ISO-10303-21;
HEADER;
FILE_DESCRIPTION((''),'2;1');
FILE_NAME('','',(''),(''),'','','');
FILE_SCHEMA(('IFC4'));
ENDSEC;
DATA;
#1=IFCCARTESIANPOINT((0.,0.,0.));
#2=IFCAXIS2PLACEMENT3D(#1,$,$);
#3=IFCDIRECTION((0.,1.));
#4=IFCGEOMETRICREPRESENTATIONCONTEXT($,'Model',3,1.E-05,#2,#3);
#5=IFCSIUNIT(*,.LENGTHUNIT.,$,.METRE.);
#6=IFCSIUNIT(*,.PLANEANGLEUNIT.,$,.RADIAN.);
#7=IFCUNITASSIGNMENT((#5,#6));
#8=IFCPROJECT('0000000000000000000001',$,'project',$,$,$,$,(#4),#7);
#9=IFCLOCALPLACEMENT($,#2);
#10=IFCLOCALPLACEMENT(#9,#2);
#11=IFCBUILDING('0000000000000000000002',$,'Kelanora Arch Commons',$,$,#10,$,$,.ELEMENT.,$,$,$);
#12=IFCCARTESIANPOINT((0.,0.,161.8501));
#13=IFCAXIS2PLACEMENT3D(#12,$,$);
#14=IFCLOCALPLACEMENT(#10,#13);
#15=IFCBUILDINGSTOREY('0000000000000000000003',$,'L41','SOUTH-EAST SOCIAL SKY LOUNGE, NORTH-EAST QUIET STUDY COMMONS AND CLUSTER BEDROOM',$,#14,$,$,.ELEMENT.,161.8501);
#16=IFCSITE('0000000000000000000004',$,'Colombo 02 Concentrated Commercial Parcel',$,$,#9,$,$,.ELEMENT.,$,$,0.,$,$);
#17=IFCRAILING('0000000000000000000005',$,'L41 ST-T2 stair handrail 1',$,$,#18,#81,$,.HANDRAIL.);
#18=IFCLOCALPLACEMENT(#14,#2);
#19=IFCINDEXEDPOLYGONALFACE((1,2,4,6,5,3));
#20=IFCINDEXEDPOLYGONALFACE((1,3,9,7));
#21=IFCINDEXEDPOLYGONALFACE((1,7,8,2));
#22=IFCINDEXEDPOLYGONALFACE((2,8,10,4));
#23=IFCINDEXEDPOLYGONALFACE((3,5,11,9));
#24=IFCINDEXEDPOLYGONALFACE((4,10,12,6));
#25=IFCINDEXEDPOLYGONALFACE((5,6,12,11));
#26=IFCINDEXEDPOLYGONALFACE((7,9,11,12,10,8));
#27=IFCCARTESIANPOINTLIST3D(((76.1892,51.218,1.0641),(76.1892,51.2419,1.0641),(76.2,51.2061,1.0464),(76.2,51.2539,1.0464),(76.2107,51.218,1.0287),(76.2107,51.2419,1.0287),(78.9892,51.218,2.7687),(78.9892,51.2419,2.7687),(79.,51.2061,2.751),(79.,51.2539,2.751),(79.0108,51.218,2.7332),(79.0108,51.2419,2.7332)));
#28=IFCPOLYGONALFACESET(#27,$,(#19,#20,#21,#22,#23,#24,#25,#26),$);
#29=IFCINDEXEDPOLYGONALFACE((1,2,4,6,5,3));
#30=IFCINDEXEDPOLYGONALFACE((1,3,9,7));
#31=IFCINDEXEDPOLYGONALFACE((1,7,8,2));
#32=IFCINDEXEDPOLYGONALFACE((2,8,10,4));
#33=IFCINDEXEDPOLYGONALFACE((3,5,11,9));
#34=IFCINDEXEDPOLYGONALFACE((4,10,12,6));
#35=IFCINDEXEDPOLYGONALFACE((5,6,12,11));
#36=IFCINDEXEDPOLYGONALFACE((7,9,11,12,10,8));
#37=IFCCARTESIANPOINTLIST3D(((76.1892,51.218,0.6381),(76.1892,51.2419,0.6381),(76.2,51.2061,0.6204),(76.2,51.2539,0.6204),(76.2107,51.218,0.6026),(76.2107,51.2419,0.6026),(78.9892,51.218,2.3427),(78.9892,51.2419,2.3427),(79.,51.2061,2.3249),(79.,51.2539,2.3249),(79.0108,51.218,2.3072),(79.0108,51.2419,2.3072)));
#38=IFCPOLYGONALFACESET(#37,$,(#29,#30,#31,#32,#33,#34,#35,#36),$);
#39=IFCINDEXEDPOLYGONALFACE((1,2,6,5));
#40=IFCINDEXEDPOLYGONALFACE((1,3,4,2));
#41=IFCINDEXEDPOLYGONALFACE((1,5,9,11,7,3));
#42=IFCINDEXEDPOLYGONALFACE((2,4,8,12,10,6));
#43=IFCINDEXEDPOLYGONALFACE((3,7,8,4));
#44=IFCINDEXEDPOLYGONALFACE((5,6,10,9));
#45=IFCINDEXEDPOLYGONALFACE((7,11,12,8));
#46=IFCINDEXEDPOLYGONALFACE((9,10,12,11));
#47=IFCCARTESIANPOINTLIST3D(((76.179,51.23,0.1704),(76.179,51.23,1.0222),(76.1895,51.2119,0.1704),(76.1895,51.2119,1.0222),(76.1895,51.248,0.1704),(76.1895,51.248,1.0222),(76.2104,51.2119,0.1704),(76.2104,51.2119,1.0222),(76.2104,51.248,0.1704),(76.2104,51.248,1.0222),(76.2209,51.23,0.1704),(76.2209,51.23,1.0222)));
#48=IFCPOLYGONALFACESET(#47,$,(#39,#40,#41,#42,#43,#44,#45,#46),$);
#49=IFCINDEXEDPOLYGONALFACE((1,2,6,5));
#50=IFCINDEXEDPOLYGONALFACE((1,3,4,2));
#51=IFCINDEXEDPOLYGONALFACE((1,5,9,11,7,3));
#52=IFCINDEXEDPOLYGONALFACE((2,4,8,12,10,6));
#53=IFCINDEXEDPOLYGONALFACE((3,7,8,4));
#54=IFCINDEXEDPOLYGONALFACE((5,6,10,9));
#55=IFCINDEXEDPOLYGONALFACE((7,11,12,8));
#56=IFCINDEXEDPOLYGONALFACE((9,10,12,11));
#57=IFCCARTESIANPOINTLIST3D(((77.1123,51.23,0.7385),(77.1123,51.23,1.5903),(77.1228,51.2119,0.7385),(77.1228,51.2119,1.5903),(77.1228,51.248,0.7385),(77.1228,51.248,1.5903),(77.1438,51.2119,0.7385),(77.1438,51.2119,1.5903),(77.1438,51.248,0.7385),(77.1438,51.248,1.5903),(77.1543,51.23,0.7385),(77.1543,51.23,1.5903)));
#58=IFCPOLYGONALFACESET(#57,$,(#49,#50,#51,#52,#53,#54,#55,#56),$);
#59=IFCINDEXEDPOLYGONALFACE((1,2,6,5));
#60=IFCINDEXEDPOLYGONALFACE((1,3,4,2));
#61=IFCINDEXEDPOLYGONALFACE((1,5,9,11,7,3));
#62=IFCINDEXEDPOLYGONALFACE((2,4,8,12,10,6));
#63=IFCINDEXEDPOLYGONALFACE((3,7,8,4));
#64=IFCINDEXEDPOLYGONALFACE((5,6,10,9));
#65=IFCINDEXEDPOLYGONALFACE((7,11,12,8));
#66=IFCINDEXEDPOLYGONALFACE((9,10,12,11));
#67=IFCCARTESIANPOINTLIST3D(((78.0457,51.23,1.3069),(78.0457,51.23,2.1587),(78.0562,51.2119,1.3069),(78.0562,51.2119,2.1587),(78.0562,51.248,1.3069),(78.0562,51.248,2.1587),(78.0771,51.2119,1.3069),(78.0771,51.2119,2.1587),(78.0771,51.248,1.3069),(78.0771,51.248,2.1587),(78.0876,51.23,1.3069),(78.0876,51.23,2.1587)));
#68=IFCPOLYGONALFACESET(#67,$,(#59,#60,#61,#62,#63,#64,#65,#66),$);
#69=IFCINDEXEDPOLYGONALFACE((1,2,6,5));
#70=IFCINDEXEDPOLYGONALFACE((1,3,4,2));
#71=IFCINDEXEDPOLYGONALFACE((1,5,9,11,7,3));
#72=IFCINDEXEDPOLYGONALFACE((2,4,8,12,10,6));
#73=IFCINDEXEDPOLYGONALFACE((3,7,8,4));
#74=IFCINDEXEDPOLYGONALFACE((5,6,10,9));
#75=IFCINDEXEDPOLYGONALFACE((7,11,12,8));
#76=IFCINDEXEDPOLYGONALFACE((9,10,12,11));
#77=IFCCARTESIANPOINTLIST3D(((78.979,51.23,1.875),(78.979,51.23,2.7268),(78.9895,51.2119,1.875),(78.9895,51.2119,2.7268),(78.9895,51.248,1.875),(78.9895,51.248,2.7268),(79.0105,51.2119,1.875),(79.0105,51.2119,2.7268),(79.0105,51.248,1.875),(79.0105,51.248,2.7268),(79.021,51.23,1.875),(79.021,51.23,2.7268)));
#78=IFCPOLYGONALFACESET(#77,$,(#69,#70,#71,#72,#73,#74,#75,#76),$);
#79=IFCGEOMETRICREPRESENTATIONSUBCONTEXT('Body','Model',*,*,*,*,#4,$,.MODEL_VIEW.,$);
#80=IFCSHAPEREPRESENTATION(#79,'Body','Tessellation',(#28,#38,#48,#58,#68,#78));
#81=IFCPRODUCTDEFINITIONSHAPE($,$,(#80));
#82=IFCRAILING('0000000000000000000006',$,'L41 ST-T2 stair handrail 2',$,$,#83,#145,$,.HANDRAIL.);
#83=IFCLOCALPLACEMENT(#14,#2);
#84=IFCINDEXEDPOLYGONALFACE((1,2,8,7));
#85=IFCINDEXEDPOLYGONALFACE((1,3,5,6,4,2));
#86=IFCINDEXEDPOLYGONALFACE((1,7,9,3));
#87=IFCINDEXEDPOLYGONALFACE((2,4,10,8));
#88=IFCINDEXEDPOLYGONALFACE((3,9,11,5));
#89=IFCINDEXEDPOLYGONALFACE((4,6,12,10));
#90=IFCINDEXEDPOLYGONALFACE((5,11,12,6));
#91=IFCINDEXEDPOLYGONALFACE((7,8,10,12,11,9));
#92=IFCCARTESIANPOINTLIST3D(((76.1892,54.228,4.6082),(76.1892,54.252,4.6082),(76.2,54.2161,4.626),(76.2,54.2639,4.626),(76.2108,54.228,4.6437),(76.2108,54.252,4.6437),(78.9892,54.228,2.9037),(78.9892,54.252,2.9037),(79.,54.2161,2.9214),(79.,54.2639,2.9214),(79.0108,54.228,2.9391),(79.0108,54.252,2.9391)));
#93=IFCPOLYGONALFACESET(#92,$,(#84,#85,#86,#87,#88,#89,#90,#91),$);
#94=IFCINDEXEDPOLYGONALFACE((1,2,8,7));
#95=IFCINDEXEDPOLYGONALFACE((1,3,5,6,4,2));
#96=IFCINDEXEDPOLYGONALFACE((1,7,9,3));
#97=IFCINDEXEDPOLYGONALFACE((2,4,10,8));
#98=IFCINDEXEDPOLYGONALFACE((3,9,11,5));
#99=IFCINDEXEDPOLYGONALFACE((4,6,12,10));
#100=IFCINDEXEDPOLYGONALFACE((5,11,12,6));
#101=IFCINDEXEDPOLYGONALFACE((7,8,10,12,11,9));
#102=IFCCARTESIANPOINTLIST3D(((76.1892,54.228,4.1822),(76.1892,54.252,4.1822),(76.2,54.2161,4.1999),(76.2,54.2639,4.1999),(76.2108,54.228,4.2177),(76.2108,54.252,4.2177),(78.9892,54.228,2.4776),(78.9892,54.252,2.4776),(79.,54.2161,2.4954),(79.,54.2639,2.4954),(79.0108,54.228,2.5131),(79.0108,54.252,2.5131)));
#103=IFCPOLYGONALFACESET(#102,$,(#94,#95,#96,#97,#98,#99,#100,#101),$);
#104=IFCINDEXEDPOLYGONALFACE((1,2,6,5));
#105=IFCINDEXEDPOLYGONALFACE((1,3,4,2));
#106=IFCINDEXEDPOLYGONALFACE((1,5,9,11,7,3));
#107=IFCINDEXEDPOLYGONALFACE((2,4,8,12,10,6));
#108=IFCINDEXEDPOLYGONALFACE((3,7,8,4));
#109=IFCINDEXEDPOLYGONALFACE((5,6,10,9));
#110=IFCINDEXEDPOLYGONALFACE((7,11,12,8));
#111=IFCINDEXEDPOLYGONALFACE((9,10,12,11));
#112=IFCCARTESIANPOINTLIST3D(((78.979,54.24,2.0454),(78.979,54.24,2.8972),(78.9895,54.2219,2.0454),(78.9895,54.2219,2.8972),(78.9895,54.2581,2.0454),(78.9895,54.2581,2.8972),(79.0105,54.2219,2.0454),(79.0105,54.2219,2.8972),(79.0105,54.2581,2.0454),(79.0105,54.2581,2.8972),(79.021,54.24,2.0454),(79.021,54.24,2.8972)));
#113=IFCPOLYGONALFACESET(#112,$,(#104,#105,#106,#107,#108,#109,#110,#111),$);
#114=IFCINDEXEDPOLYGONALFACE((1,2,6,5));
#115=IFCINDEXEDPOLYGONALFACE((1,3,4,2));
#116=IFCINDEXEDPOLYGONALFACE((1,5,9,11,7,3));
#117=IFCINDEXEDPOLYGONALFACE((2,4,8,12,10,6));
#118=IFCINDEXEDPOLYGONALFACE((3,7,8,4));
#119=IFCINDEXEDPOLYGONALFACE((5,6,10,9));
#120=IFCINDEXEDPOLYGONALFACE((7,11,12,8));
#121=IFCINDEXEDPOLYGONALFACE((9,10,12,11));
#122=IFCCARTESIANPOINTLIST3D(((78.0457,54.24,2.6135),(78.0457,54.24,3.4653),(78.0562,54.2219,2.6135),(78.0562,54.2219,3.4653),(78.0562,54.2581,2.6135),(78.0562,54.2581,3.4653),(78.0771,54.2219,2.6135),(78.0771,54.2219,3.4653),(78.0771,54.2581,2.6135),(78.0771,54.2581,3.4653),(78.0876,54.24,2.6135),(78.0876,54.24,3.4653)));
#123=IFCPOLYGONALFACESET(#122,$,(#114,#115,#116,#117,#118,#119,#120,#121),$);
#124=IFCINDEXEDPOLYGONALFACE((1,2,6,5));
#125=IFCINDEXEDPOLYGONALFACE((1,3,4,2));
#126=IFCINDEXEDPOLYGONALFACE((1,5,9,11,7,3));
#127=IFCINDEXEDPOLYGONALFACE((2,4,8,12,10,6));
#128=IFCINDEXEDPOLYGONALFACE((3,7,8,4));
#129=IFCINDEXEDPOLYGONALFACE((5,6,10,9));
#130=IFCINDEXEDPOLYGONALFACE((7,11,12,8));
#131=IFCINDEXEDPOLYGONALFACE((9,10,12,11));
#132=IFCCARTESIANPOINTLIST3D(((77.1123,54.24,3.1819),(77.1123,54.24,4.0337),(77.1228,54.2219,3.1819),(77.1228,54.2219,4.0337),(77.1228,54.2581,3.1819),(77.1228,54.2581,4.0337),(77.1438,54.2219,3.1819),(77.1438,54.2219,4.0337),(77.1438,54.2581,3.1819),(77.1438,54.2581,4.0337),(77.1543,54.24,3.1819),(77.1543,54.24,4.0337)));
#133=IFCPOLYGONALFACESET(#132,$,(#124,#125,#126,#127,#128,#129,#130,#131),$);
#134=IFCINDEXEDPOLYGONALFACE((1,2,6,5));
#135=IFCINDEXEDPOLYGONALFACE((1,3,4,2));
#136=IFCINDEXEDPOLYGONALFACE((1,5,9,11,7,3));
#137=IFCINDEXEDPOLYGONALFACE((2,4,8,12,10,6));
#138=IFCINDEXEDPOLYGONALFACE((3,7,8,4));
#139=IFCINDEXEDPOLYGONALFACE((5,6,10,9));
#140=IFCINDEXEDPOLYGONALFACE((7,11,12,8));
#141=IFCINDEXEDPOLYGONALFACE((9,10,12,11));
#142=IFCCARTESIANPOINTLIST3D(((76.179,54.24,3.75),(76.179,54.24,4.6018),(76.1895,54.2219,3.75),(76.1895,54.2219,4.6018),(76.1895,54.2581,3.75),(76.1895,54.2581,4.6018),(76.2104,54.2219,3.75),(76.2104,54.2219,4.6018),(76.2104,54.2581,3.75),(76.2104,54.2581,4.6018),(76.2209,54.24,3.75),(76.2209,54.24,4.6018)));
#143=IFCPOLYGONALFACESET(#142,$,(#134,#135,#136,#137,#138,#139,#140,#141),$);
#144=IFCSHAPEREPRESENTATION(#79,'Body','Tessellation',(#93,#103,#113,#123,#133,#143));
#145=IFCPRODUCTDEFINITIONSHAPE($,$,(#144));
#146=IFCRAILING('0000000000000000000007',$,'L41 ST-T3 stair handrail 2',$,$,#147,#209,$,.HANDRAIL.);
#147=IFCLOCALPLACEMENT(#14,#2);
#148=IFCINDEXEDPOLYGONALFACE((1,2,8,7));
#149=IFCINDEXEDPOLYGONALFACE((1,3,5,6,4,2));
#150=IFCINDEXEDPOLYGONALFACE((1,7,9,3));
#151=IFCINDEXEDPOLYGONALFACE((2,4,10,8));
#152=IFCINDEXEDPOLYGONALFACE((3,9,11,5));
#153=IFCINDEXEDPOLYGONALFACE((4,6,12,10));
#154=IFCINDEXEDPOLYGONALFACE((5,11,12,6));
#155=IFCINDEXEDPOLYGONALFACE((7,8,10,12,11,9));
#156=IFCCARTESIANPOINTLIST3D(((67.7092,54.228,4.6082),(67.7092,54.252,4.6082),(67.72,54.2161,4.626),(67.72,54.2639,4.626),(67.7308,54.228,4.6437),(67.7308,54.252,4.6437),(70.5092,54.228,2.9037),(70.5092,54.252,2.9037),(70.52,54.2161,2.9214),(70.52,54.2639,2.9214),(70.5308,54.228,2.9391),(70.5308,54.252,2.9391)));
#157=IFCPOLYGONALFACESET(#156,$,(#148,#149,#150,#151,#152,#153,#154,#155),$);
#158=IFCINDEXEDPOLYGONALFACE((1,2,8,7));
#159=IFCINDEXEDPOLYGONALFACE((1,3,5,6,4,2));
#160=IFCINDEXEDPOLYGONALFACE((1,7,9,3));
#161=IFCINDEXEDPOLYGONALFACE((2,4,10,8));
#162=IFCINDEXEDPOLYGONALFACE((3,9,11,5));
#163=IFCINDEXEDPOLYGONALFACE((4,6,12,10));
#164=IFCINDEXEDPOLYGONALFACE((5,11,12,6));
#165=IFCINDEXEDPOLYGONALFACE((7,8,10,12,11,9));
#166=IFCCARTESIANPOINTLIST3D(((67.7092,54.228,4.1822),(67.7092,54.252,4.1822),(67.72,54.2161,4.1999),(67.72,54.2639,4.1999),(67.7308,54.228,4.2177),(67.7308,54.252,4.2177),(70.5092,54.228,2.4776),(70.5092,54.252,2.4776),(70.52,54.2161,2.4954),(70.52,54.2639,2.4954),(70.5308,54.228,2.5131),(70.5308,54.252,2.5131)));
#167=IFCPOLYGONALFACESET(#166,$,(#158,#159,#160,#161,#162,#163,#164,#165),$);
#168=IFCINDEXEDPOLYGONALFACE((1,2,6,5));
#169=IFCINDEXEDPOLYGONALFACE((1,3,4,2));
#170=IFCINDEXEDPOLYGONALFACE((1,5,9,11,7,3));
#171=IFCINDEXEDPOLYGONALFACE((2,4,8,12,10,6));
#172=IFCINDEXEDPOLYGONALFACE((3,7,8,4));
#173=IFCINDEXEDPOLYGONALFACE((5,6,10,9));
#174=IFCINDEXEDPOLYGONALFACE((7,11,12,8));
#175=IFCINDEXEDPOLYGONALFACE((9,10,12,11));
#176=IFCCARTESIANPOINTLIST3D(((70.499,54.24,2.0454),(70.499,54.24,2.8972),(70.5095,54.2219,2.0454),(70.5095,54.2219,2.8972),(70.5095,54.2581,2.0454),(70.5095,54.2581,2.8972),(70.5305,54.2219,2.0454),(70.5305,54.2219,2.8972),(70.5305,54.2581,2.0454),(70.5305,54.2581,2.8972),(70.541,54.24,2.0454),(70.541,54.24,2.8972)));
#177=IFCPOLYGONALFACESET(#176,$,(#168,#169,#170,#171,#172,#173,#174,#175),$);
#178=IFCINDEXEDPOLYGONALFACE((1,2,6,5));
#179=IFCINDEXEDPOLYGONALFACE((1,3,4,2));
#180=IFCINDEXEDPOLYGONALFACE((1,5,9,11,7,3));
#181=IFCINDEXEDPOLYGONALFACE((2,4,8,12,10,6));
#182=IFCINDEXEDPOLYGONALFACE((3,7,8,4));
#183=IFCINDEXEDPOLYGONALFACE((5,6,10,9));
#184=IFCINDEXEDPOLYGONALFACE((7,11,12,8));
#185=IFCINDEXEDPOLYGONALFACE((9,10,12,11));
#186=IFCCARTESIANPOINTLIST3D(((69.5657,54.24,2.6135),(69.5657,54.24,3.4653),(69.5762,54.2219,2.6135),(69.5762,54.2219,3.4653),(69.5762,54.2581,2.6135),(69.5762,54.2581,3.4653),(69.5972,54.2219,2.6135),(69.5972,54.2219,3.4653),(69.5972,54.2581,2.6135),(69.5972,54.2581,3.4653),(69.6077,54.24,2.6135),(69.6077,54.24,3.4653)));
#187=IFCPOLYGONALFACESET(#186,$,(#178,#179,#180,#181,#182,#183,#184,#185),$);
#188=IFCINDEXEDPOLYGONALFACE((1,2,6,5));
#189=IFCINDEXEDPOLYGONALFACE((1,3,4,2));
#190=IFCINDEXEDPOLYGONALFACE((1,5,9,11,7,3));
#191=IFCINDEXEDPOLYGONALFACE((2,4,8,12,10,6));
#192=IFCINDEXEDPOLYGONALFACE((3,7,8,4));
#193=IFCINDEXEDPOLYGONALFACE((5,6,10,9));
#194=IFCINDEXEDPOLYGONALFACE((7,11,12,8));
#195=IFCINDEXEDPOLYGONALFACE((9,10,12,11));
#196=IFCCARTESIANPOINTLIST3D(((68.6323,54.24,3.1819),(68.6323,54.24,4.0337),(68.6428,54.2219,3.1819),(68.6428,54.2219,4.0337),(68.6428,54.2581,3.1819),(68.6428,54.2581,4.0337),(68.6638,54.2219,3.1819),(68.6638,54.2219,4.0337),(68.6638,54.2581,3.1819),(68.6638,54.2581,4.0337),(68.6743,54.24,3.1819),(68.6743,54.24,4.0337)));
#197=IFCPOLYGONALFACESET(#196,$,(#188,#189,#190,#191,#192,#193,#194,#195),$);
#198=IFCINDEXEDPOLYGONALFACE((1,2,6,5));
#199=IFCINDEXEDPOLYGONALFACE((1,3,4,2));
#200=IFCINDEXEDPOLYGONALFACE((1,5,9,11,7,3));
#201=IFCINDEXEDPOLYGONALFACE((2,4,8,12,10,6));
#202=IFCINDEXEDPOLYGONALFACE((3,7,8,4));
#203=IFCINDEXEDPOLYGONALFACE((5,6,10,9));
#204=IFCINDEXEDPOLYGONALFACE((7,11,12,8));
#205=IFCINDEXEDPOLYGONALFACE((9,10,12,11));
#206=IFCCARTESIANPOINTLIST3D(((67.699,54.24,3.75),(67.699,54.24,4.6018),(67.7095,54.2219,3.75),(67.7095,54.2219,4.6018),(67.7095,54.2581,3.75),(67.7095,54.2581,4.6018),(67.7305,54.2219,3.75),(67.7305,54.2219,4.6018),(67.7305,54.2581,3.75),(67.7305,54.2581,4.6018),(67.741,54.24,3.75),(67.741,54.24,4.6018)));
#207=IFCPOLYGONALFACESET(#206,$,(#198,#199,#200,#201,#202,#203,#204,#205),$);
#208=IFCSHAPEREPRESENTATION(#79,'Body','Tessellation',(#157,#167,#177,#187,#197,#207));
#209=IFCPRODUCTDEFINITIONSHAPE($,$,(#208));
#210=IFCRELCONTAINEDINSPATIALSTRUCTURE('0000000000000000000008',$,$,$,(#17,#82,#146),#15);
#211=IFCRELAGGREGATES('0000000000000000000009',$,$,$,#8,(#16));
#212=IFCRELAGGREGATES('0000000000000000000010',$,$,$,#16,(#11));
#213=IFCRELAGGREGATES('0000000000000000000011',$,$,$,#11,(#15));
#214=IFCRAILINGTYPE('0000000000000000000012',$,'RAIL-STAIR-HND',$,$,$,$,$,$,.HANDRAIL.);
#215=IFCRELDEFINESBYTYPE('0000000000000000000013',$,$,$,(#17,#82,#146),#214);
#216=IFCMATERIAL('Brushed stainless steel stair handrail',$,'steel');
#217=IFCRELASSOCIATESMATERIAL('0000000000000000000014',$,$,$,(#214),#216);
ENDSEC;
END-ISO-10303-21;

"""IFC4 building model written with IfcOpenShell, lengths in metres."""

from ifc_helpers import new_model, si_unit, direction, frame, origin, place, context, subcontext, project, spatial, polyline, outline, extrude, material, type_object, element, save


model = new_model("IFC4")

# Units and contexts
model_context = context("Model", 3, precision=1e-05, world=origin(), true_north=direction((0.0, 1.0)))
body_context = subcontext(model_context, "Body", "Model", "MODEL_VIEW")
ifc_project = project(units=[si_unit("LENGTHUNIT", "METRE"), si_unit("PLANEANGLEUNIT", "RADIAN")], contexts=[model_context])

# Site, building, storey
site_placement = place(None, origin())
site = spatial("IfcSite", under=ifc_project, at=site_placement, Name="Colombo 02 Concentrated Commercial Parcel", CompositionType="ELEMENT", RefElevation=0.0)
building_placement = place(site_placement, origin())
building = spatial("IfcBuilding", under=site, at=building_placement, Name="Kelanora Arch Commons", CompositionType="ELEMENT")
storey_placement = place(building_placement, frame((0.0, 0.0, 161.8501)))
storey = spatial("IfcBuildingStorey", under=building, at=storey_placement, Name="L41", Description="SOUTH-EAST SOCIAL SKY LOUNGE, NORTH-EAST QUIET STUDY COMMONS AND CLUSTER BEDROOM", CompositionType="ELEMENT", Elevation=161.8501)

# Railings
ifc_material_1 = material(Name="Brushed stainless steel stair handrail", Category="steel")
railing_type_1 = type_object("IfcRailingType", Name="RAIL-STAIR-HND", PredefinedType="HANDRAIL", material=ifc_material_1)
railing_1_placement = place(storey_placement, frame((76.2, 51.23, 0.1704)))
element("IfcRailing", 1, at=railing_1_placement, inside=storey, type_object=railing_type_1, Name="L41 ST-T2 stair handrail 1", PredefinedType="HANDRAIL", context=body_context, shape_type="SweptSolid", body=[
    extrude(outline(polyline([(0.0239, 0.0), (0.012, 0.0208), (-0.012, 0.0208), (-0.0239, 0.0), (-0.012, -0.0208), (0.012, -0.0208), (0.0239, 0.0)])), frame((0.0, 0.0, 0.876), z_axis=(0.85417, 0.0, 0.519994), x_axis=(0.0, 1.0, 0.0)), (0.0, 0.0, 1.0), 3.2781),
    extrude(outline(polyline([(0.0239, 0.0), (0.012, 0.0208), (-0.012, 0.0208), (-0.0239, 0.0), (-0.012, -0.0208), (0.012, -0.0208), (0.0239, 0.0)])), frame((0.0, 0.0, 0.45), z_axis=(0.85417, 0.0, 0.519994), x_axis=(0.0, 1.0, 0.0)), (0.0, 0.0, 1.0), 3.2781),
    extrude(outline(polyline([(0.021, 0.0), (0.0105, 0.0181), (-0.0105, 0.0181), (-0.021, 0.0), (-0.0105, -0.0181), (0.0105, -0.0181), (0.021, 0.0)])), origin(), (0.0, 0.0, 1.0), 0.8518),
    extrude(outline(polyline([(0.021, 0.0), (0.0105, 0.0181), (-0.0105, 0.0181), (-0.021, 0.0), (-0.0105, -0.0181), (0.0105, -0.0181), (0.021, 0.0)])), frame((0.9333, 0.0, 0.5681)), (0.0, 0.0, 1.0), 0.8518),
    extrude(outline(polyline([(0.021, 0.0), (0.0105, 0.0181), (-0.0105, 0.0181), (-0.021, 0.0), (-0.0105, -0.0181), (0.0105, -0.0181), (0.021, 0.0)])), frame((1.8667, 0.0, 1.1365)), (0.0, 0.0, 1.0), 0.8518),
    extrude(outline(polyline([(0.021, 0.0), (0.0105, 0.0181), (-0.0105, 0.0181), (-0.021, 0.0), (-0.0105, -0.0181), (0.0105, -0.0181), (0.021, 0.0)])), frame((2.8, 0.0, 1.7046)), (0.0, 0.0, 1.0), 0.8518),
])
railing_2_placement = place(storey_placement, frame((79.0, 54.24, 2.0454)))
element("IfcRailing", 2, at=railing_2_placement, inside=storey, type_object=railing_type_1, Name="L41 ST-T2 stair handrail 2", PredefinedType="HANDRAIL", context=body_context, shape_type="SweptSolid", body=[
    extrude(outline(polyline([(0.0239, 0.0), (0.012, 0.0208), (-0.012, 0.0208), (-0.0239, 0.0), (-0.012, -0.0208), (0.012, -0.0208), (0.0239, 0.0)])), frame((0.0, 0.0, 0.876), z_axis=(-0.85417, 0.0, 0.519994), x_axis=(0.0, -1.0, 0.0)), (0.0, 0.0, 1.0), 3.2781),
    extrude(outline(polyline([(0.0239, 0.0), (0.012, 0.0208), (-0.012, 0.0208), (-0.0239, 0.0), (-0.012, -0.0208), (0.012, -0.0208), (0.0239, 0.0)])), frame((0.0, 0.0, 0.45), z_axis=(-0.85417, 0.0, 0.519994), x_axis=(0.0, -1.0, 0.0)), (0.0, 0.0, 1.0), 3.2781),
    extrude(outline(polyline([(0.021, 0.0), (0.0105, 0.0181), (-0.0105, 0.0181), (-0.021, 0.0), (-0.0105, -0.0181), (0.0105, -0.0181), (0.021, 0.0)])), origin(), (0.0, 0.0, 1.0), 0.8518),
    extrude(outline(polyline([(0.021, 0.0), (0.0105, 0.0181), (-0.0105, 0.0181), (-0.021, 0.0), (-0.0105, -0.0181), (0.0105, -0.0181), (0.021, 0.0)])), frame((-0.9333, 0.0, 0.5681)), (0.0, 0.0, 1.0), 0.8518),
    extrude(outline(polyline([(0.021, 0.0), (0.0105, 0.0181), (-0.0105, 0.0181), (-0.021, 0.0), (-0.0105, -0.0181), (0.0105, -0.0181), (0.021, 0.0)])), frame((-1.8667, 0.0, 1.1365)), (0.0, 0.0, 1.0), 0.8518),
    extrude(outline(polyline([(0.021, 0.0), (0.0105, 0.0181), (-0.0105, 0.0181), (-0.021, 0.0), (-0.0105, -0.0181), (0.0105, -0.0181), (0.021, 0.0)])), frame((-2.8, 0.0, 1.7046)), (0.0, 0.0, 1.0), 0.8518),
])
railing_3_placement = place(storey_placement, frame((70.52, 54.24, 2.0454)))
element("IfcRailing", 3, at=railing_3_placement, inside=storey, type_object=railing_type_1, Name="L41 ST-T3 stair handrail 2", PredefinedType="HANDRAIL", context=body_context, shape_type="SweptSolid", body=[
    extrude(outline(polyline([(0.0239, 0.0), (0.012, 0.0208), (-0.012, 0.0208), (-0.0239, 0.0), (-0.012, -0.0208), (0.012, -0.0208), (0.0239, 0.0)])), frame((0.0, 0.0, 0.876), z_axis=(-0.85417, 0.0, 0.519994), x_axis=(0.0, -1.0, 0.0)), (0.0, 0.0, 1.0), 3.2781),
    extrude(outline(polyline([(0.0239, 0.0), (0.012, 0.0208), (-0.012, 0.0208), (-0.0239, 0.0), (-0.012, -0.0208), (0.012, -0.0208), (0.0239, 0.0)])), frame((0.0, 0.0, 0.45), z_axis=(-0.85417, 0.0, 0.519994), x_axis=(0.0, -1.0, 0.0)), (0.0, 0.0, 1.0), 3.2781),
    extrude(outline(polyline([(0.021, 0.0), (0.0105, 0.0181), (-0.0105, 0.0181), (-0.021, 0.0), (-0.0105, -0.0181), (0.0105, -0.0181), (0.021, 0.0)])), origin(), (0.0, 0.0, 1.0), 0.8518),
    extrude(outline(polyline([(0.021, 0.0), (0.0105, 0.0181), (-0.0105, 0.0181), (-0.021, 0.0), (-0.0105, -0.0181), (0.0105, -0.0181), (0.021, 0.0)])), frame((-0.9333, 0.0, 0.5681)), (0.0, 0.0, 1.0), 0.8518),
    extrude(outline(polyline([(0.021, 0.0), (0.0105, 0.0181), (-0.0105, 0.0181), (-0.021, 0.0), (-0.0105, -0.0181), (0.0105, -0.0181), (0.021, 0.0)])), frame((-1.8667, 0.0, 1.1365)), (0.0, 0.0, 1.0), 0.8518),
    extrude(outline(polyline([(0.021, 0.0), (0.0105, 0.0181), (-0.0105, 0.0181), (-0.021, 0.0), (-0.0105, -0.0181), (0.0105, -0.0181), (0.021, 0.0)])), frame((-2.8, 0.0, 1.7046)), (0.0, 0.0, 1.0), 0.8518),
])

save(model, "model.ifc")
